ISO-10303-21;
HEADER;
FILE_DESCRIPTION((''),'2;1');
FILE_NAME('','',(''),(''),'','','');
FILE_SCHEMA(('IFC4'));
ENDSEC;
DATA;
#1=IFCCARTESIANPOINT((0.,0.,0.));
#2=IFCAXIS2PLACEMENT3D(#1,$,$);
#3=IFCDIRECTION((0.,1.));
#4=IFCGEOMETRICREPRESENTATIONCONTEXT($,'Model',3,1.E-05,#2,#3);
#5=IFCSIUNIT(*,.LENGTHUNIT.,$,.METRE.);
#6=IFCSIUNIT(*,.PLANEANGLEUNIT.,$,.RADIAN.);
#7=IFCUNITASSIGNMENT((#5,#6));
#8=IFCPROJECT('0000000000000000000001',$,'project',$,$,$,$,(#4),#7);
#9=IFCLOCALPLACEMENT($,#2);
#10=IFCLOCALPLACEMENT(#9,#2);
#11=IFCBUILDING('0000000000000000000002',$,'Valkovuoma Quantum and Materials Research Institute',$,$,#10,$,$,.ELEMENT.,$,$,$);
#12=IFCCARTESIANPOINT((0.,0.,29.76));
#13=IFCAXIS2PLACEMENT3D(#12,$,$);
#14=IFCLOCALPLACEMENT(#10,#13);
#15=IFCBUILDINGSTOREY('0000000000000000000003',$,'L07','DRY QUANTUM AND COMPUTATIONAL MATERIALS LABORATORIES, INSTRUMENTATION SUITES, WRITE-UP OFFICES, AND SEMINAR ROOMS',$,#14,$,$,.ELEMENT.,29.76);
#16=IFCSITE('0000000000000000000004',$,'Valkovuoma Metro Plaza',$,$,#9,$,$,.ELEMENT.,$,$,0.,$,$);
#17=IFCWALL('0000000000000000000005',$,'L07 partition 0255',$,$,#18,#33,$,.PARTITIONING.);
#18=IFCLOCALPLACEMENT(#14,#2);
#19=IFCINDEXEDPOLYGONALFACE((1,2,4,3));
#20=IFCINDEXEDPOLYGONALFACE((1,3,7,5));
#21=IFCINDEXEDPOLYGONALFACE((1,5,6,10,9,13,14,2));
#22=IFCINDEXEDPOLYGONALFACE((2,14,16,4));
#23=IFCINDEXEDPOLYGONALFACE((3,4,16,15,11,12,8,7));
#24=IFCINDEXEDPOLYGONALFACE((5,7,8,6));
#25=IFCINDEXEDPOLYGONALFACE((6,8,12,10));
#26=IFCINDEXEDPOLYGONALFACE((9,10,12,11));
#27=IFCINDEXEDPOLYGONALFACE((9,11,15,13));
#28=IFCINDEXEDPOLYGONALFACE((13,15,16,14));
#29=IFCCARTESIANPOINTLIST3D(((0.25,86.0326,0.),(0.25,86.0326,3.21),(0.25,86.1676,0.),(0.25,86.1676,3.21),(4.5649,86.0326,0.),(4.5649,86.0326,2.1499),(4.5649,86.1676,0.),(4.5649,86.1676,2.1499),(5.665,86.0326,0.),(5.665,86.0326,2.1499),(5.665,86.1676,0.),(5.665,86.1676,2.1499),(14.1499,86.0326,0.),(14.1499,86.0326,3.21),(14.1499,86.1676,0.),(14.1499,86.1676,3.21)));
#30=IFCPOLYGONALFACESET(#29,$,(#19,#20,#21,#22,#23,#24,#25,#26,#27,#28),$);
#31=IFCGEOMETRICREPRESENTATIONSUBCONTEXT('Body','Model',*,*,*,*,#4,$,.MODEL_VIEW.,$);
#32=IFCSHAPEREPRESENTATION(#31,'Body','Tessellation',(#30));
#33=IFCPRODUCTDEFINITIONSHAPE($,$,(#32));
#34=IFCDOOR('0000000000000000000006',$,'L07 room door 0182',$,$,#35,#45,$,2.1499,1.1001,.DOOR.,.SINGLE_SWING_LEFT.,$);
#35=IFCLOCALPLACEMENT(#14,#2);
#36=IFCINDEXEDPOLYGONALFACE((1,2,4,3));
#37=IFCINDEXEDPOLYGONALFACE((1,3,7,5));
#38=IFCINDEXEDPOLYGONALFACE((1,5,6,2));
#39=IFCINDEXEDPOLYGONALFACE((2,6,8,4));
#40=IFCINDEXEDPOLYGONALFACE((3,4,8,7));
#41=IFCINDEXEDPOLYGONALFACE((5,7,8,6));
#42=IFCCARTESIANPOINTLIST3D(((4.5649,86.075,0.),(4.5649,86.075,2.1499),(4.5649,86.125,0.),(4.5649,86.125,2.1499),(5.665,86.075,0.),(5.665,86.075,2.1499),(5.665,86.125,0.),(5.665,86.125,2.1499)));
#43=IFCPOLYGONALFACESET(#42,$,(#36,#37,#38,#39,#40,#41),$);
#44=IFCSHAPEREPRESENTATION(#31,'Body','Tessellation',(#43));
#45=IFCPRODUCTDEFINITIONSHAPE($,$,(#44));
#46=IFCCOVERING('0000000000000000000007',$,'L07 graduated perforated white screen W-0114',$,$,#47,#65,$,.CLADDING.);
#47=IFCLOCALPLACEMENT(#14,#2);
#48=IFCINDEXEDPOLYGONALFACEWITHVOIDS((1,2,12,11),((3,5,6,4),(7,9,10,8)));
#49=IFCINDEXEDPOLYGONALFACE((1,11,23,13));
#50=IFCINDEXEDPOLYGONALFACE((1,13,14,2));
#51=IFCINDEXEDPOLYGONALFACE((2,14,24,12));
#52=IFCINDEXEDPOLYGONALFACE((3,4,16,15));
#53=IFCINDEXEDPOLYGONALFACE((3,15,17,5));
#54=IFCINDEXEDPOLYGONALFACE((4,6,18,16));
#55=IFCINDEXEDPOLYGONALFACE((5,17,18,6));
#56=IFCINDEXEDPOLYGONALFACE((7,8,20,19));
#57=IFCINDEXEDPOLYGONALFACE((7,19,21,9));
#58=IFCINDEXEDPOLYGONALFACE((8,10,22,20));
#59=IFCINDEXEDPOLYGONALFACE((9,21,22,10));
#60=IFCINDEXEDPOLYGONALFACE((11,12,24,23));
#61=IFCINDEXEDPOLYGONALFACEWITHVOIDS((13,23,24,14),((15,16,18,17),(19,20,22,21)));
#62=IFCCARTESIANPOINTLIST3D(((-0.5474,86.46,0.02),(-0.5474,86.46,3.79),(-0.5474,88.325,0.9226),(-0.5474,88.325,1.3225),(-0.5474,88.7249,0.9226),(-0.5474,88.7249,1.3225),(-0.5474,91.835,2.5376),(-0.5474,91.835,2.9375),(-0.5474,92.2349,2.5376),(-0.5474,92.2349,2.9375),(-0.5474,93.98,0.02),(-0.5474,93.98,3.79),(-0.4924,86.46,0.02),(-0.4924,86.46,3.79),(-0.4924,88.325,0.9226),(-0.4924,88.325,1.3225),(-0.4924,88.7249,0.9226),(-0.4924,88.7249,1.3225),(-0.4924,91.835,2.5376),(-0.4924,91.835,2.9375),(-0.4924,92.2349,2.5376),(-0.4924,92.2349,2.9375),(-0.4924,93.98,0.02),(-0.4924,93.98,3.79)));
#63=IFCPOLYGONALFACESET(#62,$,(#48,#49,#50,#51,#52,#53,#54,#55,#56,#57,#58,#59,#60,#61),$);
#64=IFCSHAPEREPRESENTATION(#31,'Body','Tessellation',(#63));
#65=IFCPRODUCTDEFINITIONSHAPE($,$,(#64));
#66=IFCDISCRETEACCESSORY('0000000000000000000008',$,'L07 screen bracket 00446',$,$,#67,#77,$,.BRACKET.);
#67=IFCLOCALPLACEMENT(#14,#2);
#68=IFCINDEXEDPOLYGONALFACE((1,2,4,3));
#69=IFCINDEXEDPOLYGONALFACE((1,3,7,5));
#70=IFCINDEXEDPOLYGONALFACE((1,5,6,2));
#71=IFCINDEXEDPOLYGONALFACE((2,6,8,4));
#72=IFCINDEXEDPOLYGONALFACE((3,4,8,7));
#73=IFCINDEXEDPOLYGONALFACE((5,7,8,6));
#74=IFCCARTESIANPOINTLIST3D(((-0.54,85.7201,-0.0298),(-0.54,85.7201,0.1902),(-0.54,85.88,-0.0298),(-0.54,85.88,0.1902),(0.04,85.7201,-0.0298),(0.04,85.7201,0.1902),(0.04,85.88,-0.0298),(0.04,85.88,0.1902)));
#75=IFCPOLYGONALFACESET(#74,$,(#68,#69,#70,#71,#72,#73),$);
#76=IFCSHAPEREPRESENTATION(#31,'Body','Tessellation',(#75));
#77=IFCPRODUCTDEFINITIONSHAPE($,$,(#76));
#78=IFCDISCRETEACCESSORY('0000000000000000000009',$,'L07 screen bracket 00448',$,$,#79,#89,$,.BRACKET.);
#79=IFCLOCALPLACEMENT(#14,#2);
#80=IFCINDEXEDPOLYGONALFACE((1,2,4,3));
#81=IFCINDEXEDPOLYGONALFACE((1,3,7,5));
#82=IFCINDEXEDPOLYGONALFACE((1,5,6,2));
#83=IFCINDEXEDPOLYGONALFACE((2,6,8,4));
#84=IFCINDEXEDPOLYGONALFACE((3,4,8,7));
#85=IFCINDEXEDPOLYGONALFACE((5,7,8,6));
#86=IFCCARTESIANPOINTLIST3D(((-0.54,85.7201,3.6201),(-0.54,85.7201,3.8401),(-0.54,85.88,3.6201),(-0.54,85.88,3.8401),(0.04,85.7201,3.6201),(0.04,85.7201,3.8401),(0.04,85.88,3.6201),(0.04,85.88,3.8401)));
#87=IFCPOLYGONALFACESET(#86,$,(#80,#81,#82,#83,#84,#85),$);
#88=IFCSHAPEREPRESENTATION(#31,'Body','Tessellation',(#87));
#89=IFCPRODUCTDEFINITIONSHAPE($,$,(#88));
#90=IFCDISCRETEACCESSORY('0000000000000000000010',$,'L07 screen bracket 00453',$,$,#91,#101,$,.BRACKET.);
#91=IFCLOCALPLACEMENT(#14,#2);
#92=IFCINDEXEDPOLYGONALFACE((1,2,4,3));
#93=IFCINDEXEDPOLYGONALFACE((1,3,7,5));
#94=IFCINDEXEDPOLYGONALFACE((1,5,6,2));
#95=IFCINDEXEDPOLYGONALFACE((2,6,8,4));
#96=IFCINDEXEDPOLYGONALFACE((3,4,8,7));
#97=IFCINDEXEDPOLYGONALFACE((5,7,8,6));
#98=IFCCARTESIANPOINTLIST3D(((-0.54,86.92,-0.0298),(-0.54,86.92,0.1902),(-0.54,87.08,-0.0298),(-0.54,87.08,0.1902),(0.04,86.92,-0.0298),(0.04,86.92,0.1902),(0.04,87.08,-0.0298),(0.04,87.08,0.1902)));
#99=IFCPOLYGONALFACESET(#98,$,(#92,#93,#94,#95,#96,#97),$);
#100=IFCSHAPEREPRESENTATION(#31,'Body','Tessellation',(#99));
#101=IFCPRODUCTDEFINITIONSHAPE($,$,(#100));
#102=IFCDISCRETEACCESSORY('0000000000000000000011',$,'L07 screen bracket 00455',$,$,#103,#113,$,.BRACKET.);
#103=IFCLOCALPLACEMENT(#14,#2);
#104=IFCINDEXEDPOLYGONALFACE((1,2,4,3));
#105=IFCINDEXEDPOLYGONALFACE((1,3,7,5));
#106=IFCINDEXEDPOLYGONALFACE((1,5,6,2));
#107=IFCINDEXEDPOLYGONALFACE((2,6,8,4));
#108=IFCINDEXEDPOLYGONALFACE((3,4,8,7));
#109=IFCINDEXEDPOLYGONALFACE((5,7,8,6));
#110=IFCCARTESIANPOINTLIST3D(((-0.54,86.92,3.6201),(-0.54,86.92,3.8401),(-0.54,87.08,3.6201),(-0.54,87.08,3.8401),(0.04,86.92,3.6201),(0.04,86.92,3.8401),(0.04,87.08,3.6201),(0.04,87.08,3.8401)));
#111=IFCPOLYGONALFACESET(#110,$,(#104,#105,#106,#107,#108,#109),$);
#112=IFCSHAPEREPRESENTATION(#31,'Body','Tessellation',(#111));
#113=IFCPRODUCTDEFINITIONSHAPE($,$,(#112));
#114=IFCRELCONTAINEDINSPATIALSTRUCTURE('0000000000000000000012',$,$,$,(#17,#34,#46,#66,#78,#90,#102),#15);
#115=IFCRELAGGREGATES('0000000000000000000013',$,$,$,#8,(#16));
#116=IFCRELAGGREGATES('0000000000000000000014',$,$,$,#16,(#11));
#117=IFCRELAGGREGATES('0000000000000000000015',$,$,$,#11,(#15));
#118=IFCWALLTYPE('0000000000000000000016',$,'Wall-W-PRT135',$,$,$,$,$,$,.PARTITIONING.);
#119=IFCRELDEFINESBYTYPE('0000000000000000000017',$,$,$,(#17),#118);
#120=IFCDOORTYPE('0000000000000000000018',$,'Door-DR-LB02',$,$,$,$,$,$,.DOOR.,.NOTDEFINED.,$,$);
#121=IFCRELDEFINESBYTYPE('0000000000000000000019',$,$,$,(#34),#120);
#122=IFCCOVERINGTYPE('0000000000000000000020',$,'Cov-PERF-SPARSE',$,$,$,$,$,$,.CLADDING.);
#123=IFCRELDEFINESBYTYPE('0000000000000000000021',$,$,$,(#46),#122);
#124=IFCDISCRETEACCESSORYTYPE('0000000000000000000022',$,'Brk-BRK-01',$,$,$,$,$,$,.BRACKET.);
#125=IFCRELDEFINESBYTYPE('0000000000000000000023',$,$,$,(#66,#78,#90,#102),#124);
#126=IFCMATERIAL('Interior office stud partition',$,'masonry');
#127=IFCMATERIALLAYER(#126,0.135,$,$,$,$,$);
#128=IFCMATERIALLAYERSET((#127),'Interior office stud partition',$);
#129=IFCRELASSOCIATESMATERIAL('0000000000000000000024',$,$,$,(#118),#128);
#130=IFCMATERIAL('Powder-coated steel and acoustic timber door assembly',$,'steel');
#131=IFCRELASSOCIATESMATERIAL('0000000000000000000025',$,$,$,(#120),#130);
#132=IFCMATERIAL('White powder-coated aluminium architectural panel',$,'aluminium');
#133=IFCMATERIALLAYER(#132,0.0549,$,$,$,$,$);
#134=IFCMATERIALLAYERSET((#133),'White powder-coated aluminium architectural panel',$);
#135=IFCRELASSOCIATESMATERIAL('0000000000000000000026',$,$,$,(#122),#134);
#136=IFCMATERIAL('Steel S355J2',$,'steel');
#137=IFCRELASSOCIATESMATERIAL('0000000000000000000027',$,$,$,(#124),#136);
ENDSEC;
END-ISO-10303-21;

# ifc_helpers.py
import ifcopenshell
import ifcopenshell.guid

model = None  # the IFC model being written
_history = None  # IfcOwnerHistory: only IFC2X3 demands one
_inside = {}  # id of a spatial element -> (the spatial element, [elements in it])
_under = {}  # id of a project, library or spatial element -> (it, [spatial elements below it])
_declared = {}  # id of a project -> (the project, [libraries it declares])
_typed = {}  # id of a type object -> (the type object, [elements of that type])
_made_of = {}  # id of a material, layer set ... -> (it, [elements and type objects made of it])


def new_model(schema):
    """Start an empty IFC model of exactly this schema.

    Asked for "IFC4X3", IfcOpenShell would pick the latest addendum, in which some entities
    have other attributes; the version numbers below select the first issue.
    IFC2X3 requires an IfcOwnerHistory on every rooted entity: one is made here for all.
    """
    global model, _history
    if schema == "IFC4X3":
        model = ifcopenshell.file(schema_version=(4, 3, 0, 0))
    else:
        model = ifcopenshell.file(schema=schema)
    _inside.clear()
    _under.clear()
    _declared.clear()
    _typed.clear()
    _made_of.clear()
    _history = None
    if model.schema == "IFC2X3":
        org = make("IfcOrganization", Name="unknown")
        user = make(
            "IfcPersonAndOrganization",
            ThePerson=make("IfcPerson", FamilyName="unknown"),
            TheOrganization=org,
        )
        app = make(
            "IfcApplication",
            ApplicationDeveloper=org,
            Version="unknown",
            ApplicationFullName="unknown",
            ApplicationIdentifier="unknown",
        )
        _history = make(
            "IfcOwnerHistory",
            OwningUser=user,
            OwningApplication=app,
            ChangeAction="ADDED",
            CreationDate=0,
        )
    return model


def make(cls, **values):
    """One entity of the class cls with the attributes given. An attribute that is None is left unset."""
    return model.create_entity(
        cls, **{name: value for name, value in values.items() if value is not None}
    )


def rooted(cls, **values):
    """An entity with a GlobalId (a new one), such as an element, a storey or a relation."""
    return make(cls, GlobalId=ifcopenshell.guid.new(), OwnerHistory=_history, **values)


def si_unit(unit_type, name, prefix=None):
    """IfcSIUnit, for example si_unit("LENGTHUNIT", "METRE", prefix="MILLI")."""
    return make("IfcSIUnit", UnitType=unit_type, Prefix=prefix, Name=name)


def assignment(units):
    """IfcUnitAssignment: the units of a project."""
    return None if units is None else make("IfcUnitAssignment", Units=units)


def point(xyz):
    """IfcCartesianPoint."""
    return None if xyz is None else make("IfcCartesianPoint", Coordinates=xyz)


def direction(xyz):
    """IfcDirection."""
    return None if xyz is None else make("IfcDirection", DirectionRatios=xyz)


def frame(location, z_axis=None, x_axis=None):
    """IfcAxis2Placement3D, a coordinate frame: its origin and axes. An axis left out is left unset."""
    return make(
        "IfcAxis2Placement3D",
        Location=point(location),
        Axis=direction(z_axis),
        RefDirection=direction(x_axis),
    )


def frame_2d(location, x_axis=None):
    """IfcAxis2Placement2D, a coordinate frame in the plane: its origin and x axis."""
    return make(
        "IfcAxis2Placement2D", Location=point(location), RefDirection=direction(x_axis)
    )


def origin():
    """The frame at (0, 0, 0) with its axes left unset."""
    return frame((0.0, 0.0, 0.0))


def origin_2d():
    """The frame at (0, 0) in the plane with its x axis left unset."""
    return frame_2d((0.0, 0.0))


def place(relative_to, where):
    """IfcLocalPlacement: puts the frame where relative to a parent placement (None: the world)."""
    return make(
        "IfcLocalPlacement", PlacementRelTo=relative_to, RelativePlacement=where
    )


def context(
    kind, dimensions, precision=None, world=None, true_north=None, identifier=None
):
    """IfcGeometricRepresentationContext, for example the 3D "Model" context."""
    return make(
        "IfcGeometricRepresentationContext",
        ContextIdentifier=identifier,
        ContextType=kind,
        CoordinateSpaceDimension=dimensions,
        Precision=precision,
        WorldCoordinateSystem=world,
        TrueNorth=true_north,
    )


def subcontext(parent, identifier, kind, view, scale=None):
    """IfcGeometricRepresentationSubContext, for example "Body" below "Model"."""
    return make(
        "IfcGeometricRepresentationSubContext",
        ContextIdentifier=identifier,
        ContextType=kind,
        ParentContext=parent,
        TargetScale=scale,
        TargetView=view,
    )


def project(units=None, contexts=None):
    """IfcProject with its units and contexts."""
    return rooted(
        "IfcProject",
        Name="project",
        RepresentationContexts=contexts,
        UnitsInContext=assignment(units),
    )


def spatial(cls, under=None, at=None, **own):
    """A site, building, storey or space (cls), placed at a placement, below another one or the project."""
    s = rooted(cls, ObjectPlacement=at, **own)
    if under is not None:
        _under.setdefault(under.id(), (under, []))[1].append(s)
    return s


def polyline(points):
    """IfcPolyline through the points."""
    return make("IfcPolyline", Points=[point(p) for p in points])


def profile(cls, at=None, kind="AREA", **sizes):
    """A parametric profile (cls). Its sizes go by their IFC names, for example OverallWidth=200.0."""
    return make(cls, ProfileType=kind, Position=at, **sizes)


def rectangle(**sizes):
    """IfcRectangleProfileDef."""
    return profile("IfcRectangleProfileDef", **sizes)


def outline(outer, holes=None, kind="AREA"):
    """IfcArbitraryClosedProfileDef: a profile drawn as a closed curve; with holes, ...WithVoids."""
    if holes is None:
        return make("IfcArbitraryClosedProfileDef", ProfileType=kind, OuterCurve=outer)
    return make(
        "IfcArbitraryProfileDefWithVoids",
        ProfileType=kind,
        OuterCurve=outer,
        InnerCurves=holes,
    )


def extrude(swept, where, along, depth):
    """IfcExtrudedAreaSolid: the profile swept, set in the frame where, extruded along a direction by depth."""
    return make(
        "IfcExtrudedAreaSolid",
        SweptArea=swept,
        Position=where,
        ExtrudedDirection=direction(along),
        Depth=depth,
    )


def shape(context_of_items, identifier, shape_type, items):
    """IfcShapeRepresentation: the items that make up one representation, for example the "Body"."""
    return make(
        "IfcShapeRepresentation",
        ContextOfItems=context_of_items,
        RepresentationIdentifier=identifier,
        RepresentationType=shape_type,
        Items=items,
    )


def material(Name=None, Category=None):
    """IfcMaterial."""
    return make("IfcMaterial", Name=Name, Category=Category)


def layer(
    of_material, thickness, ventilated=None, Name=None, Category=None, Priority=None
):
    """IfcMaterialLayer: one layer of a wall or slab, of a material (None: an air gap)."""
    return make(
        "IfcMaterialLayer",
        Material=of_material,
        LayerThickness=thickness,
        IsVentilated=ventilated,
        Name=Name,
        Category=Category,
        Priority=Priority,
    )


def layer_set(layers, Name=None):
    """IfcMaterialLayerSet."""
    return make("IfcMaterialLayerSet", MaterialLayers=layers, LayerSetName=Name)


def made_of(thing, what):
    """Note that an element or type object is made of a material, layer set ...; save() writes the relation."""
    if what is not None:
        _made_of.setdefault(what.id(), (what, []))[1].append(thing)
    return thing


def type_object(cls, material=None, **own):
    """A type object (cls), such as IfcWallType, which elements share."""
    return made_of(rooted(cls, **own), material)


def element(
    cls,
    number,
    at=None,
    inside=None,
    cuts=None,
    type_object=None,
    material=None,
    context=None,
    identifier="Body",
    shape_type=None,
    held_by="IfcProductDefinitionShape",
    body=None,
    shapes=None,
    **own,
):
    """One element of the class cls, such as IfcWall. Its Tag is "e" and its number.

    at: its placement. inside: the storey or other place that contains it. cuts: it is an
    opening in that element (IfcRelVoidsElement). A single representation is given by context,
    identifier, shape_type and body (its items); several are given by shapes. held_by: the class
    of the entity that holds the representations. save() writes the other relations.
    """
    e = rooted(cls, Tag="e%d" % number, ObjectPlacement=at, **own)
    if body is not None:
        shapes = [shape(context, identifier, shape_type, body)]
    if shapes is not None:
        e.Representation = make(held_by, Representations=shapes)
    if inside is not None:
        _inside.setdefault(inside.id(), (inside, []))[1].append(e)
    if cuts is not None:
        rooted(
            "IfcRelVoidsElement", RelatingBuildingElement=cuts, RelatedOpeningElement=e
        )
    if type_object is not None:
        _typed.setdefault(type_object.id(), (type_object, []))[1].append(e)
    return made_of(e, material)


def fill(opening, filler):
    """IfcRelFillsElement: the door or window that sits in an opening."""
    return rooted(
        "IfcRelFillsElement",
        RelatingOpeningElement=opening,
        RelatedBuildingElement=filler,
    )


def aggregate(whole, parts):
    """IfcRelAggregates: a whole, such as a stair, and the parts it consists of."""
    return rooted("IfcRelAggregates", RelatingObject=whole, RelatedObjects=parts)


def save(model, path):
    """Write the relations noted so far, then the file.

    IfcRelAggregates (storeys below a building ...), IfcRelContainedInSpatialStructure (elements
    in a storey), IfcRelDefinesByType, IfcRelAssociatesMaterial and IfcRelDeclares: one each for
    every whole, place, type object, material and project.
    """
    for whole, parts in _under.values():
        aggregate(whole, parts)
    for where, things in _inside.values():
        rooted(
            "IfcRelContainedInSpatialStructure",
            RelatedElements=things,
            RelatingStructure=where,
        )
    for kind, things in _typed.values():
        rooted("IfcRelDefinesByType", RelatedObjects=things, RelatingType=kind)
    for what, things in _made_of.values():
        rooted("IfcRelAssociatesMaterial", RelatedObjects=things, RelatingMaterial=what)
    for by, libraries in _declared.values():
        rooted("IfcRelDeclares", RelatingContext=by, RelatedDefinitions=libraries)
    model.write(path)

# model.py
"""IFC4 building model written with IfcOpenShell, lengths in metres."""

from ifc_helpers import new_model, si_unit, direction, frame, frame_2d, origin, origin_2d, place, context, subcontext, project, spatial, polyline, rectangle, outline, extrude, material, layer, layer_set, type_object, element, fill, save


model = new_model("IFC4")

# Units and contexts
model_context = context("Model", 3, precision=1e-05, world=origin(), true_north=direction((0.0, 1.0)))
body_context = subcontext(model_context, "Body", "Model", "MODEL_VIEW")
ifc_project = project(units=[si_unit("LENGTHUNIT", "METRE"), si_unit("PLANEANGLEUNIT", "RADIAN")], contexts=[model_context])

# Site, building, storey
site_placement = place(None, origin())
site = spatial("IfcSite", under=ifc_project, at=site_placement, Name="Valkovuoma Metro Plaza", CompositionType="ELEMENT", RefElevation=0.0)
building_placement = place(site_placement, origin())
building = spatial("IfcBuilding", under=site, at=building_placement, Name="Valkovuoma Quantum and Materials Research Institute", CompositionType="ELEMENT")
storey_placement = place(building_placement, frame((0.0, 0.0, 29.76)))
storey = spatial("IfcBuildingStorey", under=building, at=storey_placement, Name="L07", Description="DRY QUANTUM AND COMPUTATIONAL MATERIALS LABORATORIES, INSTRUMENTATION SUITES, WRITE-UP OFFICES, AND SEMINAR ROOMS", CompositionType="ELEMENT", Elevation=29.76)

# Wall, opening, door
ifc_material_1 = material(Name="Interior office stud partition", Category="masonry")
ifc_layer_1 = layer(ifc_material_1, 0.135)
ifc_layer_set_1 = layer_set([ifc_layer_1], Name="Interior office stud partition")
wall_type = type_object("IfcWallType", Name="Wall-W-PRT135", PredefinedType="PARTITIONING", material=ifc_layer_set_1)
wall_placement = place(storey_placement, frame((0.25, 86.1001, 0.0), z_axis=(0.0, 0.0, 1.0), x_axis=(1.0, 0.0, 0.0)))
wall = element("IfcWall", 1, at=wall_placement, inside=storey, type_object=wall_type, Name="L07 partition 0255", PredefinedType="PARTITIONING", context=body_context, shape_type="SweptSolid", body=[
    extrude(rectangle(XDim=13.8999, YDim=0.135, at=frame_2d((6.95, 0.0))), origin(), (0.0, 0.0, 1.0), 3.21),
])
opening_placement = place(wall_placement, frame((4.3149, 0.0, 0.0)))
opening = element("IfcOpeningElement", 2, at=opening_placement, cuts=wall, PredefinedType="OPENING", context=body_context, shape_type="SweptSolid", body=[
    extrude(rectangle(XDim=1.1001, YDim=2.1499, at=frame_2d((0.55, 1.075))), frame((0.0, 0.0776, 0.0), z_axis=(0.0, -1.0, 0.0), x_axis=(1.0, 0.0, 0.0)), (0.0, 0.0, 1.0), 0.155),
])
ifc_material_2 = material(Name="Powder-coated steel and acoustic timber door assembly", Category="steel")
door_type = type_object("IfcDoorType", Name="Door-DR-LB02", OperationType="NOTDEFINED", PredefinedType="DOOR", material=ifc_material_2)
door_placement = place(opening_placement, origin())
door = element("IfcDoor", 3, at=door_placement, inside=storey, type_object=door_type, Name="L07 room door 0182", OperationType="SINGLE_SWING_LEFT", OverallHeight=2.1499, OverallWidth=1.1001, PredefinedType="DOOR", context=body_context, shape_type="SweptSolid", body=[
    extrude(rectangle(XDim=1.1001, YDim=2.1499, at=frame_2d((0.55, 1.075))), frame((0.0, 0.0249, 0.0), z_axis=(0.0, -1.0, 0.0), x_axis=(1.0, 0.0, 0.0)), (0.0, 0.0, 1.0), 0.05),
])
fill(opening, door)

# Covering
ifc_material_3 = material(Name="White powder-coated aluminium architectural panel", Category="aluminium")
ifc_layer_2 = layer(ifc_material_3, 0.0549)
ifc_layer_set_2 = layer_set([ifc_layer_2], Name="White powder-coated aluminium architectural panel")
covering_type = type_object("IfcCoveringType", Name="Cov-PERF-SPARSE", PredefinedType="CLADDING", material=ifc_layer_set_2)
covering_placement = place(storey_placement, frame((-0.52, 86.46, 0.02), z_axis=(0.0, 0.0, 1.0), x_axis=(0.0, 1.0, 0.0)))
element("IfcCovering", 4, at=covering_placement, inside=storey, type_object=covering_type, Name="L07 graduated perforated white screen W-0114", PredefinedType="CLADDING", context=body_context, shape_type="SweptSolid", body=[
    extrude(outline(polyline([(0.0, 0.0), (7.52, 0.0), (7.52, 3.77), (0.0, 3.77), (0.0, 0.0)]), holes=[polyline([(1.865, 0.9026), (1.865, 1.3025), (2.2649, 1.3025), (2.2649, 0.9026), (1.865, 0.9026)]), polyline([(5.375, 2.5176), (5.375, 2.9175), (5.7749, 2.9175), (5.7749, 2.5176), (5.375, 2.5176)])]), frame((0.0, 0.0273, 0.0), z_axis=(0.0, -1.0, 0.0), x_axis=(1.0, 0.0, 0.0)), (0.0, 0.0, 1.0), 0.0549),
])

# Discrete accessories
ifc_material_4 = material(Name="Steel S355J2", Category="steel")
discrete_accessory_type = type_object("IfcDiscreteAccessoryType", Name="Brk-BRK-01", PredefinedType="BRACKET", material=ifc_material_4)
for number, where, z_axis, x_axis, name in (
    (5, (-0.25, 85.8, -0.0298), (0.0, 0.0, 1.0), (1.0, 0.0, 0.0), "L07 screen bracket 00446"),
    (6, (-0.25, 85.8, 3.6201), (0.0, 0.0, 1.0), (1.0, 0.0, 0.0), "L07 screen bracket 00448"),
    (7, (-0.25, 87.0, -0.0298), (0.0, 0.0, 1.0), (1.0, 0.0, 0.0), "L07 screen bracket 00453"),
    (8, (-0.25, 87.0, 3.6201), (0.0, 0.0, 1.0), (1.0, 0.0, 0.0), "L07 screen bracket 00455"),
):
    element("IfcDiscreteAccessory", number, at=place(storey_placement, frame(where, z_axis=z_axis, x_axis=x_axis)), inside=storey, type_object=discrete_accessory_type, Name=name, PredefinedType="BRACKET", context=body_context, shape_type="SweptSolid", body=[
        extrude(rectangle(XDim=0.5801, YDim=0.1599, at=origin_2d()), origin(), (0.0, 0.0, 1.0), 0.22),
    ])

save(model, "model.ifc")
